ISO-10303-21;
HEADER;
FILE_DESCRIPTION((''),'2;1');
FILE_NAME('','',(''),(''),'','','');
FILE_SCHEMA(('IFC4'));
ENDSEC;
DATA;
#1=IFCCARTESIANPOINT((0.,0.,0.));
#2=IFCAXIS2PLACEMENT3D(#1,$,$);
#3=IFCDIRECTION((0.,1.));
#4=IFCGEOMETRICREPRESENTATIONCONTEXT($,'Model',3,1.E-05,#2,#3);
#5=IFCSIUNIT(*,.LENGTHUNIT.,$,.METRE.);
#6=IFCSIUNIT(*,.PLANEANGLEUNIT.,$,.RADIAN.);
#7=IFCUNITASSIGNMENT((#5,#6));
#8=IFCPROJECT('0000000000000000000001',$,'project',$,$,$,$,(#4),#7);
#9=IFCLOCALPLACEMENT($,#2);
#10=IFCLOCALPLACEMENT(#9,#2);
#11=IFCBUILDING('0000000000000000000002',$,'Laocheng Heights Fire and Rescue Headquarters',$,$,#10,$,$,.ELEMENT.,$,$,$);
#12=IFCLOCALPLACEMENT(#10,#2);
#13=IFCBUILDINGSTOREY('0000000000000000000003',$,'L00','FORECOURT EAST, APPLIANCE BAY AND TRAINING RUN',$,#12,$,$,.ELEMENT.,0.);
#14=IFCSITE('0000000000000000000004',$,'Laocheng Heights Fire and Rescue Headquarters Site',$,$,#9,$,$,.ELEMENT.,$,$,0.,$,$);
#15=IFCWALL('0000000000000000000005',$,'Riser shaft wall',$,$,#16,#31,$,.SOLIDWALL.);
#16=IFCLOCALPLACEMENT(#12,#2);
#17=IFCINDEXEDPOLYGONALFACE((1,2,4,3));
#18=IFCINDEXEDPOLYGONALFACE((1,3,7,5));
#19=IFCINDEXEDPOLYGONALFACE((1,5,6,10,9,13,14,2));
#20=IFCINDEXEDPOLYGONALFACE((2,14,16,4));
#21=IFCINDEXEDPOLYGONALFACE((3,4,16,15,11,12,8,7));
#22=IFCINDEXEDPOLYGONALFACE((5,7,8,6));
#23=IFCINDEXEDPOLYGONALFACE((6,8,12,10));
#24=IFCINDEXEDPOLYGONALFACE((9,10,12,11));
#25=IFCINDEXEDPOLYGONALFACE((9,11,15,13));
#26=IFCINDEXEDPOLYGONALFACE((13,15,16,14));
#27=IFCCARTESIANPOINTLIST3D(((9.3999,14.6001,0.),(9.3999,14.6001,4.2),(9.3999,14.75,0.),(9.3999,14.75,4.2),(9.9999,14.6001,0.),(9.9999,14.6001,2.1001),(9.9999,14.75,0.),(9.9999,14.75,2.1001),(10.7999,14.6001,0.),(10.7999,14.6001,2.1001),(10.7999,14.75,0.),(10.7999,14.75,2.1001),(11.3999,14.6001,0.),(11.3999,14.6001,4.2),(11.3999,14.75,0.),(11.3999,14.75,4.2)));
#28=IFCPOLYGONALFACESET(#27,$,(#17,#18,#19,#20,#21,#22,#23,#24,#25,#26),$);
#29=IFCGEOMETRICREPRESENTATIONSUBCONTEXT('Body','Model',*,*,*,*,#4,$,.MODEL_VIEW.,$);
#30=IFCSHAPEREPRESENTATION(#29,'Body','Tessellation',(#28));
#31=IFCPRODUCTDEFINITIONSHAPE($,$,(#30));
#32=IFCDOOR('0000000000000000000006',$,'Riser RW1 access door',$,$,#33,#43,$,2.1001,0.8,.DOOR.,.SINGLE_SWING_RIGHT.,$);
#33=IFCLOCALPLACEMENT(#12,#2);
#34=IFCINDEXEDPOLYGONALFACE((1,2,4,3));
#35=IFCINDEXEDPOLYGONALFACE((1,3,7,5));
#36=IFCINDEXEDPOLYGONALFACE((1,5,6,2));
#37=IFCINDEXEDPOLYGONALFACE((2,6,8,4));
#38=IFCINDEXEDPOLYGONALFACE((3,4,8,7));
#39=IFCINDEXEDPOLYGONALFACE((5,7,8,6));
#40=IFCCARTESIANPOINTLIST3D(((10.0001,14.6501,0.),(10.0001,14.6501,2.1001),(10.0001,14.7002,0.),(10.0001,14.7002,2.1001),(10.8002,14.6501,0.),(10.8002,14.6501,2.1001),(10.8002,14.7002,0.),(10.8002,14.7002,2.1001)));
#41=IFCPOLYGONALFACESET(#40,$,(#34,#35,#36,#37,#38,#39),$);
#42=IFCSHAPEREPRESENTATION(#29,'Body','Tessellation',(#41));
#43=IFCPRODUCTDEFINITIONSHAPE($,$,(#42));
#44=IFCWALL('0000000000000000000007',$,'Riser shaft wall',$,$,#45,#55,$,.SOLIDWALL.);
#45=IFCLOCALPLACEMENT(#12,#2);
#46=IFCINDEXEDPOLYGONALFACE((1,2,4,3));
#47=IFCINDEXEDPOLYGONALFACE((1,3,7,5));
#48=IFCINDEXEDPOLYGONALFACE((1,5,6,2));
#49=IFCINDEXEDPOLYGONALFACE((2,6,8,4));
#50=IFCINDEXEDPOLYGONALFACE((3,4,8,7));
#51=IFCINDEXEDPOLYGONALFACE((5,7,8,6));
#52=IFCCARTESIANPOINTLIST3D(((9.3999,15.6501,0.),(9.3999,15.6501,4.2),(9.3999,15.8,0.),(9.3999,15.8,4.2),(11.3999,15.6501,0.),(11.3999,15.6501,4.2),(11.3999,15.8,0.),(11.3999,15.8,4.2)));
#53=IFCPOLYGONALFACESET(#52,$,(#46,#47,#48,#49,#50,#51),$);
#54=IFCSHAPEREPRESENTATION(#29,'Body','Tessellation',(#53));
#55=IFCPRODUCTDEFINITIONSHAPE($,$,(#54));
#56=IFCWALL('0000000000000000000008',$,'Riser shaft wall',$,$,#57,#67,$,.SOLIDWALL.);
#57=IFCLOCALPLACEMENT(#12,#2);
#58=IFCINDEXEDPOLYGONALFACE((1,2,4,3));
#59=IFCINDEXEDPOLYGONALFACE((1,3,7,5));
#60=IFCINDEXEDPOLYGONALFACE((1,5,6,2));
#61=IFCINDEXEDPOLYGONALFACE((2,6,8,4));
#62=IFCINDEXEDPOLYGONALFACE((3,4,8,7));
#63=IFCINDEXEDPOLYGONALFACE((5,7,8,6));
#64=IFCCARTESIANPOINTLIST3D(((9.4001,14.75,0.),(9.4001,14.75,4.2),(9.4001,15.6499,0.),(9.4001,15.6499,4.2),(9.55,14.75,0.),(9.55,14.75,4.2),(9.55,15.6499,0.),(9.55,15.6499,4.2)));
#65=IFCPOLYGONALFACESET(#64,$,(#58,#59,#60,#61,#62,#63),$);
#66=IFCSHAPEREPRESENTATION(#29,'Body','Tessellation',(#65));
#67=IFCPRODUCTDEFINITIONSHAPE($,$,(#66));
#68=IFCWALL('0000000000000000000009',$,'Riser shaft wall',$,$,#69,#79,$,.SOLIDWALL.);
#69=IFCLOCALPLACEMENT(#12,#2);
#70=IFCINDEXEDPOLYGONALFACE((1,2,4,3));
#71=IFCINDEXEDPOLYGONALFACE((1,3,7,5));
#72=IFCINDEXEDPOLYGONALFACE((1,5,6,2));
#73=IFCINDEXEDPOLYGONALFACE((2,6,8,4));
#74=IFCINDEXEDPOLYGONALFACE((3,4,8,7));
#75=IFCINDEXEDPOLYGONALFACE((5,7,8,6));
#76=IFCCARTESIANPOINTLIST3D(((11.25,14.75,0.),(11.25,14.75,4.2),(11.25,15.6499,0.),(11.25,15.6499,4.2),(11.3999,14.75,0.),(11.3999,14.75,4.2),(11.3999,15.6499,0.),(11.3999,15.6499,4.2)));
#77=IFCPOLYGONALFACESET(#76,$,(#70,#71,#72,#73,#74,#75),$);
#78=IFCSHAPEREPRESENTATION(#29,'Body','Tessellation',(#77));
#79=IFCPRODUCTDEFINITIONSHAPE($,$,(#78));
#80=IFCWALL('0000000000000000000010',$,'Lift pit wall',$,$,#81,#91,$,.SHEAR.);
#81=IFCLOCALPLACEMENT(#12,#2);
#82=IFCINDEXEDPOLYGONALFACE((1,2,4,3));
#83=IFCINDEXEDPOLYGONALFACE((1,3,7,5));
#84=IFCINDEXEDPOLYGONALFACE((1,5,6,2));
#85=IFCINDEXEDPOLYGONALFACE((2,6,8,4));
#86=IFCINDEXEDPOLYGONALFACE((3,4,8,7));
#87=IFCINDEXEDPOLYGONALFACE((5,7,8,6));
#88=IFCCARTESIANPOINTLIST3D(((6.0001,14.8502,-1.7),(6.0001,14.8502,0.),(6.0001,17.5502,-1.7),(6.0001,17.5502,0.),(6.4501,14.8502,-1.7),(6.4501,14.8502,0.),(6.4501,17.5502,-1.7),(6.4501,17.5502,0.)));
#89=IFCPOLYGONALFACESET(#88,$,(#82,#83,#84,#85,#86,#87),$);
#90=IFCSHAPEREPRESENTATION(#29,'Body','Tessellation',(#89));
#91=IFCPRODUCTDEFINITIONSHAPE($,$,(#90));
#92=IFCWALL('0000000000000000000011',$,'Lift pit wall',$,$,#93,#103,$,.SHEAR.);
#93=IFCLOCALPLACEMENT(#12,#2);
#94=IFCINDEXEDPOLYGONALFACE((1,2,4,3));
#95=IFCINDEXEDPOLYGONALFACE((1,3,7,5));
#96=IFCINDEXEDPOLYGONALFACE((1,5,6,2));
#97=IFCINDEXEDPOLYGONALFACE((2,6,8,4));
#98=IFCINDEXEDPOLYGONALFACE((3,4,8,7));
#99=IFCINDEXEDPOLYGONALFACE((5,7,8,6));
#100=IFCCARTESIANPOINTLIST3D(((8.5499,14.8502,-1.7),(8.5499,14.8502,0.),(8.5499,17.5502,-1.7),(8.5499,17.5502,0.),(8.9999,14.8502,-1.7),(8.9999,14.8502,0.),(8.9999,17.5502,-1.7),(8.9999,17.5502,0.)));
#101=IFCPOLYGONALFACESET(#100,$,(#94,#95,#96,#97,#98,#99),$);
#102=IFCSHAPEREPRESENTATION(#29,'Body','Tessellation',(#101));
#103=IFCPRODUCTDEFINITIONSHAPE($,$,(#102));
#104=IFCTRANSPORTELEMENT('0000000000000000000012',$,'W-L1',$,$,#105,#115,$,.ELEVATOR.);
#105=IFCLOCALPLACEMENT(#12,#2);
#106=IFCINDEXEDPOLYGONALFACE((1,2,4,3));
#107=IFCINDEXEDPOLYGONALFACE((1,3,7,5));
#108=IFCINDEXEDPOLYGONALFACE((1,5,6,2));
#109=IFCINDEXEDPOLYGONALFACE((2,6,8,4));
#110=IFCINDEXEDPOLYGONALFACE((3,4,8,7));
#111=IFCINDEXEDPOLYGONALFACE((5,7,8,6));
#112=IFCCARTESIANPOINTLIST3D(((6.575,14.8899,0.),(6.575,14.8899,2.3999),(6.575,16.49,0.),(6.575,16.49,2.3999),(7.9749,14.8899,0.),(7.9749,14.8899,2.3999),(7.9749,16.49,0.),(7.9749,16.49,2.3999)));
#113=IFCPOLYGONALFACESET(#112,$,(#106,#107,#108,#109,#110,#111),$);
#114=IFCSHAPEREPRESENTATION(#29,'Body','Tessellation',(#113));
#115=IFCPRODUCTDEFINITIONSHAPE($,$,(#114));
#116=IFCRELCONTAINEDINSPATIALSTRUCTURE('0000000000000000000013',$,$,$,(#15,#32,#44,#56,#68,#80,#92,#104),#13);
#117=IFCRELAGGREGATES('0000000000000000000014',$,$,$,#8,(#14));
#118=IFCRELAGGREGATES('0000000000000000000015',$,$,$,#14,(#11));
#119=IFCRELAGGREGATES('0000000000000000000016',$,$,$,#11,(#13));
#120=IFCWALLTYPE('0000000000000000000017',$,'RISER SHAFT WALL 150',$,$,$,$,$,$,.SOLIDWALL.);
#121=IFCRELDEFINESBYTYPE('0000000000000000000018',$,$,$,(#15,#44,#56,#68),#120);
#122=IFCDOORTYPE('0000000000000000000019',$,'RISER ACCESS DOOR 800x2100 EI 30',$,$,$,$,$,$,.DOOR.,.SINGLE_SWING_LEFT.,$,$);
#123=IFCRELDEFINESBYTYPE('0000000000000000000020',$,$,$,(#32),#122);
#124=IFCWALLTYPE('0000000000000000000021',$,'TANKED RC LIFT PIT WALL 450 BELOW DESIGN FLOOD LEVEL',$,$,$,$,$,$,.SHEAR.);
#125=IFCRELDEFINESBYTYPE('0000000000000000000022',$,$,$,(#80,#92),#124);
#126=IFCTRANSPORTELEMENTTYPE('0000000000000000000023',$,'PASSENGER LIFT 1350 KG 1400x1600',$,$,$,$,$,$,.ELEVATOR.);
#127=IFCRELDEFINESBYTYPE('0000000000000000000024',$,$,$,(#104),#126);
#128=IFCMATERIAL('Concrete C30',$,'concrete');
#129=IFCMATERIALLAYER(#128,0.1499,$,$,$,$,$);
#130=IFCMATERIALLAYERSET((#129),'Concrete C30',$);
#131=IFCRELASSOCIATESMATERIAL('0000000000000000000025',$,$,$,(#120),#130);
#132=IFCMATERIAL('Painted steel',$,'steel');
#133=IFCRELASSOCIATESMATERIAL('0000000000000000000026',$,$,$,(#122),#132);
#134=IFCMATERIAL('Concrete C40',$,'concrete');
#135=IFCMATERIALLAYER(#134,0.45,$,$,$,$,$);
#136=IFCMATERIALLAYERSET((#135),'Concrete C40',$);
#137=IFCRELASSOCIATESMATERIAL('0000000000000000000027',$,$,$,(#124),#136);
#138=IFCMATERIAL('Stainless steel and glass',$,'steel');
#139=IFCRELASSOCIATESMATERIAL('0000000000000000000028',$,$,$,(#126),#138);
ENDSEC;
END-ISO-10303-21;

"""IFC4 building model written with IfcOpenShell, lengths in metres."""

from ifc_helpers import new_model, si_unit, direction, frame, frame_2d, origin, origin_2d, place, context, subcontext, project, spatial, rectangle, extrude, material, layer, layer_set, type_object, element, fill, save


model = new_model("IFC4")

# Units and contexts
model_context = context("Model", 3, precision=1e-05, world=origin(), true_north=direction((0.0, 1.0)))
body_context = subcontext(model_context, "Body", "Model", "MODEL_VIEW")
ifc_project = project(units=[si_unit("LENGTHUNIT", "METRE"), si_unit("PLANEANGLEUNIT", "RADIAN")], contexts=[model_context])

# Site, building, storey
site_placement = place(None, origin())
site = spatial("IfcSite", under=ifc_project, at=site_placement, Name="Laocheng Heights Fire and Rescue Headquarters Site", CompositionType="ELEMENT", RefElevation=0.0)
building_placement = place(site_placement, origin())
building = spatial("IfcBuilding", under=site, at=building_placement, Name="Laocheng Heights Fire and Rescue Headquarters", CompositionType="ELEMENT")
storey_placement = place(building_placement, origin())
storey = spatial("IfcBuildingStorey", under=building, at=storey_placement, Name="L00", Description="FORECOURT EAST, APPLIANCE BAY AND TRAINING RUN", CompositionType="ELEMENT", Elevation=0.0)

# Wall, opening, door
ifc_material_1 = material(Name="Concrete C30", Category="concrete")
ifc_layer_1 = layer(ifc_material_1, 0.1499)
ifc_layer_set_1 = layer_set([ifc_layer_1], Name="Concrete C30")
wall_type_1 = type_object("IfcWallType", Name="RISER SHAFT WALL 150", PredefinedType="SOLIDWALL", material=ifc_layer_set_1)
wall_1_placement = place(storey_placement, frame((9.3999, 14.675, 0.0), z_axis=(0.0, 0.0, 1.0), x_axis=(1.0, 0.0, 0.0)))
wall_1 = element("IfcWall", 1, at=wall_1_placement, inside=storey, type_object=wall_type_1, Name="Riser shaft wall", PredefinedType="SOLIDWALL", context=body_context, shape_type="SweptSolid", body=[
    extrude(rectangle(XDim=2.0, YDim=0.1499, at=frame_2d((1.0, 0.0))), origin(), (0.0, 0.0, 1.0), 4.2),
])
opening_1_placement = place(wall_1_placement, frame((0.6001, 0.0, 0.0)))
opening_1 = element("IfcOpeningElement", 2, at=opening_1_placement, cuts=wall_1, PredefinedType="OPENING", context=body_context, shape_type="SweptSolid", body=[
    extrude(rectangle(XDim=0.8, YDim=2.1001, at=frame_2d((0.3999, 1.05))), frame((0.0, 0.085, 0.0), z_axis=(0.0, -1.0, 0.0), x_axis=(1.0, 0.0, 0.0)), (0.0, 0.0, 1.0), 0.1699),
])
ifc_material_2 = material(Name="Painted steel", Category="steel")
door_type_1 = type_object("IfcDoorType", Name="RISER ACCESS DOOR 800x2100 EI 30", OperationType="SINGLE_SWING_LEFT", PredefinedType="DOOR", material=ifc_material_2)
door_1_placement = place(opening_1_placement, frame((0.8, 0.0, 0.0), z_axis=(0.0, 0.0, 1.0), x_axis=(-1.0, 0.0, 0.0)))
door_1 = element("IfcDoor", 3, at=door_1_placement, inside=storey, type_object=door_type_1, Name="Riser RW1 access door", OperationType="SINGLE_SWING_RIGHT", OverallHeight=2.1001, OverallWidth=0.8, PredefinedType="DOOR", context=body_context, shape_type="SweptSolid", body=[
    extrude(rectangle(XDim=0.8, YDim=2.1001, at=frame_2d((0.3999, 1.05))), frame((0.0, 0.0249, 0.0), z_axis=(0.0, -1.0, 0.0), x_axis=(1.0, 0.0, 0.0)), (0.0, 0.0, 1.0), 0.05),
])
fill(opening_1, door_1)

# Walls
wall_2_placement = place(storey_placement, frame((9.3999, 15.7251, 0.0), z_axis=(0.0, 0.0, 1.0), x_axis=(1.0, 0.0, 0.0)))
element("IfcWall", 4, at=wall_2_placement, inside=storey, type_object=wall_type_1, Name="Riser shaft wall", PredefinedType="SOLIDWALL", context=body_context, shape_type="SweptSolid", body=[
    extrude(rectangle(XDim=2.0, YDim=0.1499, at=frame_2d((1.0, 0.0))), origin(), (0.0, 0.0, 1.0), 4.2),
])
for number, where, z_axis, x_axis, name in (
    (5, (9.4751, 14.75, 0.0), (0.0, 0.0, 1.0), (0.0, 1.0, 0.0), "Riser shaft wall"),
    (6, (11.325, 14.75, 0.0), (0.0, 0.0, 1.0), (0.0, 1.0, 0.0), "Riser shaft wall"),
):
    element("IfcWall", number, at=place(storey_placement, frame(where, z_axis=z_axis, x_axis=x_axis)), inside=storey, type_object=wall_type_1, Name=name, PredefinedType="SOLIDWALL", context=body_context, shape_type="SweptSolid", body=[
        extrude(rectangle(XDim=0.8999, YDim=0.1499, at=frame_2d((0.45, 0.0))), origin(), (0.0, 0.0, 1.0), 4.2),
    ])
ifc_material_3 = material(Name="Concrete C40", Category="concrete")
ifc_layer_2 = layer(ifc_material_3, 0.45)
ifc_layer_set_2 = layer_set([ifc_layer_2], Name="Concrete C40")
wall_type_2 = type_object("IfcWallType", Name="TANKED RC LIFT PIT WALL 450 BELOW DESIGN FLOOD LEVEL", PredefinedType="SHEAR", material=ifc_layer_set_2)
for number, where, z_axis, x_axis, name in (
    (7, (6.2251, 14.8501, -1.7), (0.0, 0.0, 1.0), (0.0, 1.0, 0.0), "Lift pit wall"),
    (8, (8.7749, 14.8501, -1.7), (0.0, 0.0, 1.0), (0.0, 1.0, 0.0), "Lift pit wall"),
):
    element("IfcWall", number, at=place(storey_placement, frame(where, z_axis=z_axis, x_axis=x_axis)), inside=storey, type_object=wall_type_2, Name=name, PredefinedType="SHEAR", context=body_context, shape_type="SweptSolid", body=[
        extrude(rectangle(XDim=2.7, YDim=0.45, at=frame_2d((1.3501, 0.0))), origin(), (0.0, 0.0, 1.0), 1.7),
    ])

# Transport element
ifc_material_4 = material(Name="Stainless steel and glass", Category="steel")
transport_element_type = type_object("IfcTransportElementType", Name="PASSENGER LIFT 1350 KG 1400x1600", PredefinedType="ELEVATOR", material=ifc_material_4)
transport_element_placement = place(storey_placement, frame((7.2749, 15.6899, 0.0), z_axis=(0.0, 0.0, 1.0), x_axis=(1.0, 0.0, 0.0)))
element("IfcTransportElement", 9, at=transport_element_placement, inside=storey, type_object=transport_element_type, Name="W-L1", PredefinedType="ELEVATOR", context=body_context, shape_type="SweptSolid", body=[
    extrude(rectangle(XDim=1.3999, YDim=1.6001, at=origin_2d()), origin(), (0.0, 0.0, 1.0), 2.3999),
])

save(model, "model.ifc")
